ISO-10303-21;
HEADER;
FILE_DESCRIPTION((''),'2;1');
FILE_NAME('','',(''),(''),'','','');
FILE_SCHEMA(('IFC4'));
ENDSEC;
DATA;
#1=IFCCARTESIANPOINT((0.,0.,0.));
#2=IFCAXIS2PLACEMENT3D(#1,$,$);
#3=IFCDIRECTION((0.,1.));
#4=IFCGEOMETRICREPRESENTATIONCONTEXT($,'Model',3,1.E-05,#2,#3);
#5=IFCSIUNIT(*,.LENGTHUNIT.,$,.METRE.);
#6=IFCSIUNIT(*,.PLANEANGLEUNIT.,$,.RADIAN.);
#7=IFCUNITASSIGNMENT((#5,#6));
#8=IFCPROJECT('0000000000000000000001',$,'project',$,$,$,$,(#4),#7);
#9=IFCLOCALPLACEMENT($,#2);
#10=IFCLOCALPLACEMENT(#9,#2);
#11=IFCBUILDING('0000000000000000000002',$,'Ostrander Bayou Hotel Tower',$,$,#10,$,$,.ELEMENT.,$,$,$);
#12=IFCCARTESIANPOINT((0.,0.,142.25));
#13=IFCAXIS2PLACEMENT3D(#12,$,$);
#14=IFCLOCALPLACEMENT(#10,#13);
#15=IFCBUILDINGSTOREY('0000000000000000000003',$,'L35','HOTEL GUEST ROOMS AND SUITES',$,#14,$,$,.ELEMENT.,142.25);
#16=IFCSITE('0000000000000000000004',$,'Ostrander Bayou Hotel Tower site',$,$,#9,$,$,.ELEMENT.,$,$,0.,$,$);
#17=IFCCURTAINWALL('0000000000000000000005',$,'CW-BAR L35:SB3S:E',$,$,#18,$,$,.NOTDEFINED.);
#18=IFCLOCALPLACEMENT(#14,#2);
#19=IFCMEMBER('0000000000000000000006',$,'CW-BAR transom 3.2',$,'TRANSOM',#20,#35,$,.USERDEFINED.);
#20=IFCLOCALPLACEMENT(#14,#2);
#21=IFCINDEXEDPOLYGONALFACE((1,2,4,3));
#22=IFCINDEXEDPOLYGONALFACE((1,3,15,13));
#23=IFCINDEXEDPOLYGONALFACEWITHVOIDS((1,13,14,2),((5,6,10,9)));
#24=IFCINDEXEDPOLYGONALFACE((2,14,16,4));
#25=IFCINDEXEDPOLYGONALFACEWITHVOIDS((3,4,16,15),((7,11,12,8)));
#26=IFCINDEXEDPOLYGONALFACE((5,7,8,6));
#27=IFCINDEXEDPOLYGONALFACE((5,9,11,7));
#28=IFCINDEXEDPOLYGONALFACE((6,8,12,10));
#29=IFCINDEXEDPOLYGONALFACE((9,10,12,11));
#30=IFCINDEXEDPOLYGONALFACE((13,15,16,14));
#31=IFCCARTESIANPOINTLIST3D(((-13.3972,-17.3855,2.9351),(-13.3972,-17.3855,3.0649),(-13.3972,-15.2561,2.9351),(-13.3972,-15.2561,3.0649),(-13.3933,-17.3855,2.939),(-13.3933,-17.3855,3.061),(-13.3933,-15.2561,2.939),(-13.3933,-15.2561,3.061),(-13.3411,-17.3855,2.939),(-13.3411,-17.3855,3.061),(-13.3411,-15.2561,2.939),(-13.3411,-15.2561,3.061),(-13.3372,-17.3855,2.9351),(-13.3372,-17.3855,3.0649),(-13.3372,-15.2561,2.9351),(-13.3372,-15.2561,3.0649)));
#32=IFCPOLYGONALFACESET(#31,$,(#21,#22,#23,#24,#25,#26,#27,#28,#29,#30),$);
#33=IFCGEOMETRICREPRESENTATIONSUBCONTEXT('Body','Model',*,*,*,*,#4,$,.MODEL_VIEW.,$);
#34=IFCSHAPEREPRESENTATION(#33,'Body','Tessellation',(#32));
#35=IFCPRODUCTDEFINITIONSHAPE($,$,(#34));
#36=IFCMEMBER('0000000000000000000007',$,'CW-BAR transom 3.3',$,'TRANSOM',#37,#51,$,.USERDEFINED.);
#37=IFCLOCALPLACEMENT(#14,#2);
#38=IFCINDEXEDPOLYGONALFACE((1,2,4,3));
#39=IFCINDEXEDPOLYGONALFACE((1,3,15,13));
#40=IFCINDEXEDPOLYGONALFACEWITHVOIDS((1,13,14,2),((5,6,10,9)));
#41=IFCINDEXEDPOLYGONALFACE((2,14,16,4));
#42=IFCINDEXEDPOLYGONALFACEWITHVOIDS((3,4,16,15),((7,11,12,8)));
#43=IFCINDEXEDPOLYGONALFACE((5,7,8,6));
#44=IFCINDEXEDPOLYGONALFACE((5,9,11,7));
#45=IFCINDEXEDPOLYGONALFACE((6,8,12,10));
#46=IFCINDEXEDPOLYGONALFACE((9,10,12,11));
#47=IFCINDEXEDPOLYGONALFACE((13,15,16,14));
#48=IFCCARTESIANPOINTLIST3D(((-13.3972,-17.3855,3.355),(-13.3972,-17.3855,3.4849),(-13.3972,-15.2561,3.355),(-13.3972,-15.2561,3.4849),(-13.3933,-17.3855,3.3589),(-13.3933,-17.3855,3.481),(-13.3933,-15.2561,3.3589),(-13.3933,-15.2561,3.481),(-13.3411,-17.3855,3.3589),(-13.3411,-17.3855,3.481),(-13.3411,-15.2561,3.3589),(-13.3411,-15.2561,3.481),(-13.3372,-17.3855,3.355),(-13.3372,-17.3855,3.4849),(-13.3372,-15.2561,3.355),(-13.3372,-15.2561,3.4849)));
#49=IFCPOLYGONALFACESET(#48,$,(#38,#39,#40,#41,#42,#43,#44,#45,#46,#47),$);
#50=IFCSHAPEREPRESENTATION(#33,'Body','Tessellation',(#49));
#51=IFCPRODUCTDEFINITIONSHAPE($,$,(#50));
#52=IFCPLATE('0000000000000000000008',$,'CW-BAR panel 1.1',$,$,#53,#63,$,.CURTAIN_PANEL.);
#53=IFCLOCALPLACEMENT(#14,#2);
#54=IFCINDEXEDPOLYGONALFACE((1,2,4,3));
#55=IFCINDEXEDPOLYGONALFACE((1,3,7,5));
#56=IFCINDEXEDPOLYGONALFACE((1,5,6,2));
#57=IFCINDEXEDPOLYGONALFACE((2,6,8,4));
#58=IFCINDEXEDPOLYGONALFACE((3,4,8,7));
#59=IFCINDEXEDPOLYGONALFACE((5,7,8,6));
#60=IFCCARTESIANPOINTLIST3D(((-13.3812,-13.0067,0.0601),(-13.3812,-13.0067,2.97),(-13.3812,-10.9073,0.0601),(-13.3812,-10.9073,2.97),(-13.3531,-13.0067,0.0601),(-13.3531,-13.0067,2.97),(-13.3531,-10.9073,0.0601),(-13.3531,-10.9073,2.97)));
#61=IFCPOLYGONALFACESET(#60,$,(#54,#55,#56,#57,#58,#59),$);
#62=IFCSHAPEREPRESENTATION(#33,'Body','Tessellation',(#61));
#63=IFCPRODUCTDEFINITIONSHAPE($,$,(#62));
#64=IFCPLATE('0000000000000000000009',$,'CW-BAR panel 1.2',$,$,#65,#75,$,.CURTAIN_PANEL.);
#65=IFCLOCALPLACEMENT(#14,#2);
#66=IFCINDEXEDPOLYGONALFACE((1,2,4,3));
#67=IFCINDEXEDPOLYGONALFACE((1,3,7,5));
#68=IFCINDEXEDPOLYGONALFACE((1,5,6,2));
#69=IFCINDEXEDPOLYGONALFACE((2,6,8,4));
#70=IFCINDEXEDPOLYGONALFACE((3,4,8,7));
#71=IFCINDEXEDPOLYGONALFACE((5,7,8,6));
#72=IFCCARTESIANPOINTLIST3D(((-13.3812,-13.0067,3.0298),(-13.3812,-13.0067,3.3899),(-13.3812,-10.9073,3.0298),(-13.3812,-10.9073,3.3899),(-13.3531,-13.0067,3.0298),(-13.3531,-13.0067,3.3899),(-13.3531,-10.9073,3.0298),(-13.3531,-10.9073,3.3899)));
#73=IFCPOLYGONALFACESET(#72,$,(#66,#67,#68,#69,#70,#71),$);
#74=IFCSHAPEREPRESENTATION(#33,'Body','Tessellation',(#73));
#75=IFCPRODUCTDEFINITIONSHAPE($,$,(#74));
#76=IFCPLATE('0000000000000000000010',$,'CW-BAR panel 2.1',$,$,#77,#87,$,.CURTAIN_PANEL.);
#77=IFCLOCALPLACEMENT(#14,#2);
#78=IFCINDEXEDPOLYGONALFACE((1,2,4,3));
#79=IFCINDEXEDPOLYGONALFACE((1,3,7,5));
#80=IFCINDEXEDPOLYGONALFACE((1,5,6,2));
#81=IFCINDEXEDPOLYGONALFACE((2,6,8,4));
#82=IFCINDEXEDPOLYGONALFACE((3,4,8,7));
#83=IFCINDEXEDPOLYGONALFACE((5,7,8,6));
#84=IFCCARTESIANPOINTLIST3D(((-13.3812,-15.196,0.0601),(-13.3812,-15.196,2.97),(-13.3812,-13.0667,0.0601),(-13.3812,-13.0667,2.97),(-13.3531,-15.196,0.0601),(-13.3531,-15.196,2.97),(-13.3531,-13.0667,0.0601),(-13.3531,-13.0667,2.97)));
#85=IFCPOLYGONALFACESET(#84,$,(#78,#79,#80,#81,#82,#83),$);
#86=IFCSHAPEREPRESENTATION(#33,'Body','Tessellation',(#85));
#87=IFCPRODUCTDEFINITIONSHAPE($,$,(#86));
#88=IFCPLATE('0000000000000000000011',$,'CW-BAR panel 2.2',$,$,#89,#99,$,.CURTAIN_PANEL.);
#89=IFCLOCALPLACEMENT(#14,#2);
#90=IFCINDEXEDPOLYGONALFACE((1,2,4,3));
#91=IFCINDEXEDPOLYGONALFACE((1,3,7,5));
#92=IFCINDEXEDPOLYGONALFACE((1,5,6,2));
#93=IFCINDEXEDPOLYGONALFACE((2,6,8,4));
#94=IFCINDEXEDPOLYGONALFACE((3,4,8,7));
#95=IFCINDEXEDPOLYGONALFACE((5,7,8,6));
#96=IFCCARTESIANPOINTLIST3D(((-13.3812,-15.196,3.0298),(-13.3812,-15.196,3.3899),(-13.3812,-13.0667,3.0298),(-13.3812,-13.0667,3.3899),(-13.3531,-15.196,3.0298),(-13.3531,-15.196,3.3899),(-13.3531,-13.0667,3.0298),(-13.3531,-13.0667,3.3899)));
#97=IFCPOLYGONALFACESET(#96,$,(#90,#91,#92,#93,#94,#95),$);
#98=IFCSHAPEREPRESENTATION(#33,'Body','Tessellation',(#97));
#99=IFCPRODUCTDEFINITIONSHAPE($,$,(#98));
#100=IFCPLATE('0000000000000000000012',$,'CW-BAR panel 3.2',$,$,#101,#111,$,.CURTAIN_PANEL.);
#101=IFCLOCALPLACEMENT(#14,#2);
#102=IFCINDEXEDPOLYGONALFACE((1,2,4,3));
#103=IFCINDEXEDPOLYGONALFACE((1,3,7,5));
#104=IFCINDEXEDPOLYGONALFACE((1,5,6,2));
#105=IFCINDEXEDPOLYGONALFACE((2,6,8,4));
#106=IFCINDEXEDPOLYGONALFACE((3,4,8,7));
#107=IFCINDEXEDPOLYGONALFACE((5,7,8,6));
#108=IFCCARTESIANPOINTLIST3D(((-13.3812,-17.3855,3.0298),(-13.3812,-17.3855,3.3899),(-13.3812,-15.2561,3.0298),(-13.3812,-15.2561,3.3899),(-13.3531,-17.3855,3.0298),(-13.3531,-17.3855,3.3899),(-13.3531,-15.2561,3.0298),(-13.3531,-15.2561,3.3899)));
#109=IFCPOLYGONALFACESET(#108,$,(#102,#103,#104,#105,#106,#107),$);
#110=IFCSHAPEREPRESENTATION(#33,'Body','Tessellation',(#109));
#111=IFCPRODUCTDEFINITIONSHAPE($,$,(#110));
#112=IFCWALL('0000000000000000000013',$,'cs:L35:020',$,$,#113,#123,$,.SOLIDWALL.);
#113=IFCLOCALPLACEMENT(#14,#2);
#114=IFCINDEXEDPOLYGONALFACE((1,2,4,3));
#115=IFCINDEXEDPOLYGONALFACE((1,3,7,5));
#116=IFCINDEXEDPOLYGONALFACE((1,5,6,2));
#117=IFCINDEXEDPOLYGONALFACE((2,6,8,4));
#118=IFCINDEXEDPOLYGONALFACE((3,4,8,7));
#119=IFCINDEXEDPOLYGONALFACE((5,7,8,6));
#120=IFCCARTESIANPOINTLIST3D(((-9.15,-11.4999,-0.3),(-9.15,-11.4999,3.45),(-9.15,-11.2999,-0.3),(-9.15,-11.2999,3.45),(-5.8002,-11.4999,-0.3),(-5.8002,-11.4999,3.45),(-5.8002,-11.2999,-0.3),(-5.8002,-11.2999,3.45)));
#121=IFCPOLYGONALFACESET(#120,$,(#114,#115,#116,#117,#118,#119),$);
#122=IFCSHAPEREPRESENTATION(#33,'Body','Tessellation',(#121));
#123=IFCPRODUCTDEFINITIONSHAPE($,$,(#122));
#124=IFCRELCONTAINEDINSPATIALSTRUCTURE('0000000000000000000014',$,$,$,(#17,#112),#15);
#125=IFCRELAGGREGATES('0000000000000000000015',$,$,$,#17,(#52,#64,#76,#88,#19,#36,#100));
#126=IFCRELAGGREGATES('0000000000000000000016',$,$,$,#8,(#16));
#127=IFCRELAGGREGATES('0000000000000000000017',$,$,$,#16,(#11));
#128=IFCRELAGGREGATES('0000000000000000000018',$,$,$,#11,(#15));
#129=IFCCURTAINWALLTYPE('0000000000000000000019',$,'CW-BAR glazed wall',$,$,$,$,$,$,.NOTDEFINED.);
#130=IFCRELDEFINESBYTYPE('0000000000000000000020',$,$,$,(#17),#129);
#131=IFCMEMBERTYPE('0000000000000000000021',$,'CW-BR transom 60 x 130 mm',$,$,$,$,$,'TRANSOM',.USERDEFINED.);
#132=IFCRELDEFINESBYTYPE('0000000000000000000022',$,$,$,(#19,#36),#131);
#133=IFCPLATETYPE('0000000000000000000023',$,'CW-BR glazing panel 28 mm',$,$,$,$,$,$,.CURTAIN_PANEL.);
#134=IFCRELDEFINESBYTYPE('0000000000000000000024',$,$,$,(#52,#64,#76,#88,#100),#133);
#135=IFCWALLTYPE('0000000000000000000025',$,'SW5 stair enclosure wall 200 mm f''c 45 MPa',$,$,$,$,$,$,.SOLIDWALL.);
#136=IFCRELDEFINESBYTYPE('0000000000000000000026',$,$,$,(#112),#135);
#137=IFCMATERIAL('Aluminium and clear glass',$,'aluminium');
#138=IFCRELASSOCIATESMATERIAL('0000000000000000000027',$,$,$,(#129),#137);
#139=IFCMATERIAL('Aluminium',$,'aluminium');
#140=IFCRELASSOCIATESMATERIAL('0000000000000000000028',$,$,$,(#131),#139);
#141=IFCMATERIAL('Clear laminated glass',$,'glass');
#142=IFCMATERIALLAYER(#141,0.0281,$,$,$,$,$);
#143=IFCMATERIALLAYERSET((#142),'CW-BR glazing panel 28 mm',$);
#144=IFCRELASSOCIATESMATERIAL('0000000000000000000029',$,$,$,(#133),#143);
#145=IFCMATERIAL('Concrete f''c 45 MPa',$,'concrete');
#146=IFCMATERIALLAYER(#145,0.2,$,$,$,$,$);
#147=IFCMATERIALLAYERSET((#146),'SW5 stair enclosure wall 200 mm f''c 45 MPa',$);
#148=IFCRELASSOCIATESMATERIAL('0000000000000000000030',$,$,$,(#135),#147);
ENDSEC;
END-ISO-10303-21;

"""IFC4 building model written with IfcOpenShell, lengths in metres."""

from ifc_helpers import new_model, si_unit, direction, frame, frame_2d, origin, origin_2d, place, context, subcontext, project, spatial, rectangle, hollow_rectangle, extrude, material, layer, layer_set, material_profile, profile_set, type_object, element, aggregate, save


model = new_model("IFC4")

# Units and contexts
model_context = context("Model", 3, precision=1e-05, world=origin(), true_north=direction((0.0, 1.0)))
body_context = subcontext(model_context, "Body", "Model", "MODEL_VIEW")
ifc_project = project(units=[si_unit("LENGTHUNIT", "METRE"), si_unit("PLANEANGLEUNIT", "RADIAN")], contexts=[model_context])

# Site, building, storey
site_placement = place(None, origin())
site = spatial("IfcSite", under=ifc_project, at=site_placement, Name="Ostrander Bayou Hotel Tower site", CompositionType="ELEMENT", RefElevation=0.0)
building_placement = place(site_placement, origin())
building = spatial("IfcBuilding", under=site, at=building_placement, Name="Ostrander Bayou Hotel Tower", CompositionType="ELEMENT")
storey_placement = place(building_placement, frame((0.0, 0.0, 142.25)))
storey = spatial("IfcBuildingStorey", under=building, at=storey_placement, Name="L35", Description="HOTEL GUEST ROOMS AND SUITES", CompositionType="ELEMENT", Elevation=142.25)

# Curtain wall, members, plates
ifc_material_1 = material(Name="Aluminium and clear glass", Category="aluminium")
curtain_wall_type = type_object("IfcCurtainWallType", Name="CW-BAR glazed wall", PredefinedType="NOTDEFINED", material=ifc_material_1)
curtain_wall_placement = place(storey_placement, origin())
curtain_wall = element("IfcCurtainWall", 1, at=curtain_wall_placement, inside=storey, type_object=curtain_wall_type, Name="CW-BAR L35:SB3S:E", PredefinedType="NOTDEFINED")
ifc_material_2 = material(Name="Aluminium", Category="aluminium")
ifc_material_profile_1 = material_profile(ifc_material_2, hollow_rectangle(XDim=0.0601, YDim=0.1299, WallThickness=0.0039, at=origin_2d()))
ifc_profile_set_1 = profile_set([ifc_material_profile_1], Name="Aluminium")
member_type_1 = type_object("IfcMemberType", Name="CW-BR transom 60 x 130 mm", ElementType="TRANSOM", PredefinedType="USERDEFINED", material=ifc_profile_set_1)
member_1_placement = place(storey_placement, frame((-13.3672, -15.2561, 3.0), z_axis=(0.0, -1.0, 0.0), x_axis=(1.0, 0.0, 0.0)))
member_1 = element("IfcMember", 2, at=member_1_placement, type_object=member_type_1, Name="CW-BAR transom 3.2", ObjectType="TRANSOM", PredefinedType="USERDEFINED", context=body_context, shape_type="SweptSolid", body=[
    extrude(hollow_rectangle(XDim=0.0601, YDim=0.1299, WallThickness=0.0039, at=origin_2d()), origin(), (0.0, 0.0, 1.0), 2.1294),
])
member_2_placement = place(storey_placement, frame((-13.3672, -15.2561, 3.4199), z_axis=(0.0, -1.0, 0.0), x_axis=(1.0, 0.0, 0.0)))
member_2 = element("IfcMember", 3, at=member_2_placement, type_object=member_type_1, Name="CW-BAR transom 3.3", ObjectType="TRANSOM", PredefinedType="USERDEFINED", context=body_context, shape_type="SweptSolid", body=[
    extrude(hollow_rectangle(XDim=0.0601, YDim=0.1299, WallThickness=0.0039, at=origin_2d()), origin(), (0.0, 0.0, 1.0), 2.1294),
])
ifc_material_3 = material(Name="Clear laminated glass", Category="glass")
ifc_layer_1 = layer(ifc_material_3, 0.0281)
ifc_layer_set_1 = layer_set([ifc_layer_1], Name="CW-BR glazing panel 28 mm")
plate_type = type_object("IfcPlateType", Name="CW-BR glazing panel 28 mm", PredefinedType="CURTAIN_PANEL", material=ifc_layer_set_1)
plate_1_placement = place(storey_placement, frame((-13.3672, -11.957, 0.0601), z_axis=(0.0, 0.0, 1.0), x_axis=(0.0, -1.0, 0.0)))
plate_1 = element("IfcPlate", 4, at=plate_1_placement, type_object=plate_type, Name="CW-BAR panel 1.1", PredefinedType="CURTAIN_PANEL", context=body_context, shape_type="SweptSolid", body=[
    extrude(rectangle(XDim=2.0994, YDim=0.0281, at=origin_2d()), origin(), (0.0, 0.0, 1.0), 2.9099),
])
plate_2_placement = place(storey_placement, frame((-13.3672, -11.957, 3.0298), z_axis=(0.0, 0.0, 1.0), x_axis=(0.0, -1.0, 0.0)))
plate_2 = element("IfcPlate", 5, at=plate_2_placement, type_object=plate_type, Name="CW-BAR panel 1.2", PredefinedType="CURTAIN_PANEL", context=body_context, shape_type="SweptSolid", body=[
    extrude(rectangle(XDim=2.0994, YDim=0.0281, at=origin_2d()), origin(), (0.0, 0.0, 1.0), 0.3601),
])
plate_3_placement = place(storey_placement, frame((-13.3672, -14.1313, 0.0601), z_axis=(0.0, 0.0, 1.0), x_axis=(0.0, -1.0, 0.0)))
plate_3 = element("IfcPlate", 6, at=plate_3_placement, type_object=plate_type, Name="CW-BAR panel 2.1", PredefinedType="CURTAIN_PANEL", context=body_context, shape_type="SweptSolid", body=[
    extrude(rectangle(XDim=2.1294, YDim=0.0281, at=origin_2d()), origin(), (0.0, 0.0, 1.0), 2.9099),
])
plate_4_placement = place(storey_placement, frame((-13.3672, -14.1313, 3.0298), z_axis=(0.0, 0.0, 1.0), x_axis=(0.0, -1.0, 0.0)))
plate_4 = element("IfcPlate", 7, at=plate_4_placement, type_object=plate_type, Name="CW-BAR panel 2.2", PredefinedType="CURTAIN_PANEL", context=body_context, shape_type="SweptSolid", body=[
    extrude(rectangle(XDim=2.1294, YDim=0.0281, at=origin_2d()), origin(), (0.0, 0.0, 1.0), 0.3601),
])
plate_5_placement = place(storey_placement, frame((-13.3672, -16.3208, 3.0298), z_axis=(0.0, 0.0, 1.0), x_axis=(0.0, -1.0, 0.0)))
plate_5 = element("IfcPlate", 8, at=plate_5_placement, type_object=plate_type, Name="CW-BAR panel 3.2", PredefinedType="CURTAIN_PANEL", context=body_context, shape_type="SweptSolid", body=[
    extrude(rectangle(XDim=2.1294, YDim=0.0281, at=origin_2d()), origin(), (0.0, 0.0, 1.0), 0.3601),
])
aggregate(curtain_wall, [plate_1, plate_2, plate_3, plate_4, member_1, member_2, plate_5])

# Wall
ifc_material_4 = material(Name="Concrete f'c 45 MPa", Category="concrete")
ifc_layer_2 = layer(ifc_material_4, 0.2)
ifc_layer_set_2 = layer_set([ifc_layer_2], Name="SW5 stair enclosure wall 200 mm f'c 45 MPa")
wall_type_1 = type_object("IfcWallType", Name="SW5 stair enclosure wall 200 mm f'c 45 MPa", PredefinedType="SOLIDWALL", material=ifc_layer_set_2)
wall_1_placement = place(storey_placement, frame((-9.1499, -11.3999, -0.3), z_axis=(0.0, 0.0, 1.0), x_axis=(1.0, 0.0, 0.0)))
element("IfcWall", 9, at=wall_1_placement, inside=storey, type_object=wall_type_1, Name="cs:L35:020", PredefinedType="SOLIDWALL", context=body_context, shape_type="SweptSolid", body=[
    extrude(rectangle(XDim=3.3499, YDim=0.2, at=frame_2d((1.6748, 0.0))), origin(), (0.0, 0.0, 1.0), 3.75),
])

save(model, "model.ifc")
